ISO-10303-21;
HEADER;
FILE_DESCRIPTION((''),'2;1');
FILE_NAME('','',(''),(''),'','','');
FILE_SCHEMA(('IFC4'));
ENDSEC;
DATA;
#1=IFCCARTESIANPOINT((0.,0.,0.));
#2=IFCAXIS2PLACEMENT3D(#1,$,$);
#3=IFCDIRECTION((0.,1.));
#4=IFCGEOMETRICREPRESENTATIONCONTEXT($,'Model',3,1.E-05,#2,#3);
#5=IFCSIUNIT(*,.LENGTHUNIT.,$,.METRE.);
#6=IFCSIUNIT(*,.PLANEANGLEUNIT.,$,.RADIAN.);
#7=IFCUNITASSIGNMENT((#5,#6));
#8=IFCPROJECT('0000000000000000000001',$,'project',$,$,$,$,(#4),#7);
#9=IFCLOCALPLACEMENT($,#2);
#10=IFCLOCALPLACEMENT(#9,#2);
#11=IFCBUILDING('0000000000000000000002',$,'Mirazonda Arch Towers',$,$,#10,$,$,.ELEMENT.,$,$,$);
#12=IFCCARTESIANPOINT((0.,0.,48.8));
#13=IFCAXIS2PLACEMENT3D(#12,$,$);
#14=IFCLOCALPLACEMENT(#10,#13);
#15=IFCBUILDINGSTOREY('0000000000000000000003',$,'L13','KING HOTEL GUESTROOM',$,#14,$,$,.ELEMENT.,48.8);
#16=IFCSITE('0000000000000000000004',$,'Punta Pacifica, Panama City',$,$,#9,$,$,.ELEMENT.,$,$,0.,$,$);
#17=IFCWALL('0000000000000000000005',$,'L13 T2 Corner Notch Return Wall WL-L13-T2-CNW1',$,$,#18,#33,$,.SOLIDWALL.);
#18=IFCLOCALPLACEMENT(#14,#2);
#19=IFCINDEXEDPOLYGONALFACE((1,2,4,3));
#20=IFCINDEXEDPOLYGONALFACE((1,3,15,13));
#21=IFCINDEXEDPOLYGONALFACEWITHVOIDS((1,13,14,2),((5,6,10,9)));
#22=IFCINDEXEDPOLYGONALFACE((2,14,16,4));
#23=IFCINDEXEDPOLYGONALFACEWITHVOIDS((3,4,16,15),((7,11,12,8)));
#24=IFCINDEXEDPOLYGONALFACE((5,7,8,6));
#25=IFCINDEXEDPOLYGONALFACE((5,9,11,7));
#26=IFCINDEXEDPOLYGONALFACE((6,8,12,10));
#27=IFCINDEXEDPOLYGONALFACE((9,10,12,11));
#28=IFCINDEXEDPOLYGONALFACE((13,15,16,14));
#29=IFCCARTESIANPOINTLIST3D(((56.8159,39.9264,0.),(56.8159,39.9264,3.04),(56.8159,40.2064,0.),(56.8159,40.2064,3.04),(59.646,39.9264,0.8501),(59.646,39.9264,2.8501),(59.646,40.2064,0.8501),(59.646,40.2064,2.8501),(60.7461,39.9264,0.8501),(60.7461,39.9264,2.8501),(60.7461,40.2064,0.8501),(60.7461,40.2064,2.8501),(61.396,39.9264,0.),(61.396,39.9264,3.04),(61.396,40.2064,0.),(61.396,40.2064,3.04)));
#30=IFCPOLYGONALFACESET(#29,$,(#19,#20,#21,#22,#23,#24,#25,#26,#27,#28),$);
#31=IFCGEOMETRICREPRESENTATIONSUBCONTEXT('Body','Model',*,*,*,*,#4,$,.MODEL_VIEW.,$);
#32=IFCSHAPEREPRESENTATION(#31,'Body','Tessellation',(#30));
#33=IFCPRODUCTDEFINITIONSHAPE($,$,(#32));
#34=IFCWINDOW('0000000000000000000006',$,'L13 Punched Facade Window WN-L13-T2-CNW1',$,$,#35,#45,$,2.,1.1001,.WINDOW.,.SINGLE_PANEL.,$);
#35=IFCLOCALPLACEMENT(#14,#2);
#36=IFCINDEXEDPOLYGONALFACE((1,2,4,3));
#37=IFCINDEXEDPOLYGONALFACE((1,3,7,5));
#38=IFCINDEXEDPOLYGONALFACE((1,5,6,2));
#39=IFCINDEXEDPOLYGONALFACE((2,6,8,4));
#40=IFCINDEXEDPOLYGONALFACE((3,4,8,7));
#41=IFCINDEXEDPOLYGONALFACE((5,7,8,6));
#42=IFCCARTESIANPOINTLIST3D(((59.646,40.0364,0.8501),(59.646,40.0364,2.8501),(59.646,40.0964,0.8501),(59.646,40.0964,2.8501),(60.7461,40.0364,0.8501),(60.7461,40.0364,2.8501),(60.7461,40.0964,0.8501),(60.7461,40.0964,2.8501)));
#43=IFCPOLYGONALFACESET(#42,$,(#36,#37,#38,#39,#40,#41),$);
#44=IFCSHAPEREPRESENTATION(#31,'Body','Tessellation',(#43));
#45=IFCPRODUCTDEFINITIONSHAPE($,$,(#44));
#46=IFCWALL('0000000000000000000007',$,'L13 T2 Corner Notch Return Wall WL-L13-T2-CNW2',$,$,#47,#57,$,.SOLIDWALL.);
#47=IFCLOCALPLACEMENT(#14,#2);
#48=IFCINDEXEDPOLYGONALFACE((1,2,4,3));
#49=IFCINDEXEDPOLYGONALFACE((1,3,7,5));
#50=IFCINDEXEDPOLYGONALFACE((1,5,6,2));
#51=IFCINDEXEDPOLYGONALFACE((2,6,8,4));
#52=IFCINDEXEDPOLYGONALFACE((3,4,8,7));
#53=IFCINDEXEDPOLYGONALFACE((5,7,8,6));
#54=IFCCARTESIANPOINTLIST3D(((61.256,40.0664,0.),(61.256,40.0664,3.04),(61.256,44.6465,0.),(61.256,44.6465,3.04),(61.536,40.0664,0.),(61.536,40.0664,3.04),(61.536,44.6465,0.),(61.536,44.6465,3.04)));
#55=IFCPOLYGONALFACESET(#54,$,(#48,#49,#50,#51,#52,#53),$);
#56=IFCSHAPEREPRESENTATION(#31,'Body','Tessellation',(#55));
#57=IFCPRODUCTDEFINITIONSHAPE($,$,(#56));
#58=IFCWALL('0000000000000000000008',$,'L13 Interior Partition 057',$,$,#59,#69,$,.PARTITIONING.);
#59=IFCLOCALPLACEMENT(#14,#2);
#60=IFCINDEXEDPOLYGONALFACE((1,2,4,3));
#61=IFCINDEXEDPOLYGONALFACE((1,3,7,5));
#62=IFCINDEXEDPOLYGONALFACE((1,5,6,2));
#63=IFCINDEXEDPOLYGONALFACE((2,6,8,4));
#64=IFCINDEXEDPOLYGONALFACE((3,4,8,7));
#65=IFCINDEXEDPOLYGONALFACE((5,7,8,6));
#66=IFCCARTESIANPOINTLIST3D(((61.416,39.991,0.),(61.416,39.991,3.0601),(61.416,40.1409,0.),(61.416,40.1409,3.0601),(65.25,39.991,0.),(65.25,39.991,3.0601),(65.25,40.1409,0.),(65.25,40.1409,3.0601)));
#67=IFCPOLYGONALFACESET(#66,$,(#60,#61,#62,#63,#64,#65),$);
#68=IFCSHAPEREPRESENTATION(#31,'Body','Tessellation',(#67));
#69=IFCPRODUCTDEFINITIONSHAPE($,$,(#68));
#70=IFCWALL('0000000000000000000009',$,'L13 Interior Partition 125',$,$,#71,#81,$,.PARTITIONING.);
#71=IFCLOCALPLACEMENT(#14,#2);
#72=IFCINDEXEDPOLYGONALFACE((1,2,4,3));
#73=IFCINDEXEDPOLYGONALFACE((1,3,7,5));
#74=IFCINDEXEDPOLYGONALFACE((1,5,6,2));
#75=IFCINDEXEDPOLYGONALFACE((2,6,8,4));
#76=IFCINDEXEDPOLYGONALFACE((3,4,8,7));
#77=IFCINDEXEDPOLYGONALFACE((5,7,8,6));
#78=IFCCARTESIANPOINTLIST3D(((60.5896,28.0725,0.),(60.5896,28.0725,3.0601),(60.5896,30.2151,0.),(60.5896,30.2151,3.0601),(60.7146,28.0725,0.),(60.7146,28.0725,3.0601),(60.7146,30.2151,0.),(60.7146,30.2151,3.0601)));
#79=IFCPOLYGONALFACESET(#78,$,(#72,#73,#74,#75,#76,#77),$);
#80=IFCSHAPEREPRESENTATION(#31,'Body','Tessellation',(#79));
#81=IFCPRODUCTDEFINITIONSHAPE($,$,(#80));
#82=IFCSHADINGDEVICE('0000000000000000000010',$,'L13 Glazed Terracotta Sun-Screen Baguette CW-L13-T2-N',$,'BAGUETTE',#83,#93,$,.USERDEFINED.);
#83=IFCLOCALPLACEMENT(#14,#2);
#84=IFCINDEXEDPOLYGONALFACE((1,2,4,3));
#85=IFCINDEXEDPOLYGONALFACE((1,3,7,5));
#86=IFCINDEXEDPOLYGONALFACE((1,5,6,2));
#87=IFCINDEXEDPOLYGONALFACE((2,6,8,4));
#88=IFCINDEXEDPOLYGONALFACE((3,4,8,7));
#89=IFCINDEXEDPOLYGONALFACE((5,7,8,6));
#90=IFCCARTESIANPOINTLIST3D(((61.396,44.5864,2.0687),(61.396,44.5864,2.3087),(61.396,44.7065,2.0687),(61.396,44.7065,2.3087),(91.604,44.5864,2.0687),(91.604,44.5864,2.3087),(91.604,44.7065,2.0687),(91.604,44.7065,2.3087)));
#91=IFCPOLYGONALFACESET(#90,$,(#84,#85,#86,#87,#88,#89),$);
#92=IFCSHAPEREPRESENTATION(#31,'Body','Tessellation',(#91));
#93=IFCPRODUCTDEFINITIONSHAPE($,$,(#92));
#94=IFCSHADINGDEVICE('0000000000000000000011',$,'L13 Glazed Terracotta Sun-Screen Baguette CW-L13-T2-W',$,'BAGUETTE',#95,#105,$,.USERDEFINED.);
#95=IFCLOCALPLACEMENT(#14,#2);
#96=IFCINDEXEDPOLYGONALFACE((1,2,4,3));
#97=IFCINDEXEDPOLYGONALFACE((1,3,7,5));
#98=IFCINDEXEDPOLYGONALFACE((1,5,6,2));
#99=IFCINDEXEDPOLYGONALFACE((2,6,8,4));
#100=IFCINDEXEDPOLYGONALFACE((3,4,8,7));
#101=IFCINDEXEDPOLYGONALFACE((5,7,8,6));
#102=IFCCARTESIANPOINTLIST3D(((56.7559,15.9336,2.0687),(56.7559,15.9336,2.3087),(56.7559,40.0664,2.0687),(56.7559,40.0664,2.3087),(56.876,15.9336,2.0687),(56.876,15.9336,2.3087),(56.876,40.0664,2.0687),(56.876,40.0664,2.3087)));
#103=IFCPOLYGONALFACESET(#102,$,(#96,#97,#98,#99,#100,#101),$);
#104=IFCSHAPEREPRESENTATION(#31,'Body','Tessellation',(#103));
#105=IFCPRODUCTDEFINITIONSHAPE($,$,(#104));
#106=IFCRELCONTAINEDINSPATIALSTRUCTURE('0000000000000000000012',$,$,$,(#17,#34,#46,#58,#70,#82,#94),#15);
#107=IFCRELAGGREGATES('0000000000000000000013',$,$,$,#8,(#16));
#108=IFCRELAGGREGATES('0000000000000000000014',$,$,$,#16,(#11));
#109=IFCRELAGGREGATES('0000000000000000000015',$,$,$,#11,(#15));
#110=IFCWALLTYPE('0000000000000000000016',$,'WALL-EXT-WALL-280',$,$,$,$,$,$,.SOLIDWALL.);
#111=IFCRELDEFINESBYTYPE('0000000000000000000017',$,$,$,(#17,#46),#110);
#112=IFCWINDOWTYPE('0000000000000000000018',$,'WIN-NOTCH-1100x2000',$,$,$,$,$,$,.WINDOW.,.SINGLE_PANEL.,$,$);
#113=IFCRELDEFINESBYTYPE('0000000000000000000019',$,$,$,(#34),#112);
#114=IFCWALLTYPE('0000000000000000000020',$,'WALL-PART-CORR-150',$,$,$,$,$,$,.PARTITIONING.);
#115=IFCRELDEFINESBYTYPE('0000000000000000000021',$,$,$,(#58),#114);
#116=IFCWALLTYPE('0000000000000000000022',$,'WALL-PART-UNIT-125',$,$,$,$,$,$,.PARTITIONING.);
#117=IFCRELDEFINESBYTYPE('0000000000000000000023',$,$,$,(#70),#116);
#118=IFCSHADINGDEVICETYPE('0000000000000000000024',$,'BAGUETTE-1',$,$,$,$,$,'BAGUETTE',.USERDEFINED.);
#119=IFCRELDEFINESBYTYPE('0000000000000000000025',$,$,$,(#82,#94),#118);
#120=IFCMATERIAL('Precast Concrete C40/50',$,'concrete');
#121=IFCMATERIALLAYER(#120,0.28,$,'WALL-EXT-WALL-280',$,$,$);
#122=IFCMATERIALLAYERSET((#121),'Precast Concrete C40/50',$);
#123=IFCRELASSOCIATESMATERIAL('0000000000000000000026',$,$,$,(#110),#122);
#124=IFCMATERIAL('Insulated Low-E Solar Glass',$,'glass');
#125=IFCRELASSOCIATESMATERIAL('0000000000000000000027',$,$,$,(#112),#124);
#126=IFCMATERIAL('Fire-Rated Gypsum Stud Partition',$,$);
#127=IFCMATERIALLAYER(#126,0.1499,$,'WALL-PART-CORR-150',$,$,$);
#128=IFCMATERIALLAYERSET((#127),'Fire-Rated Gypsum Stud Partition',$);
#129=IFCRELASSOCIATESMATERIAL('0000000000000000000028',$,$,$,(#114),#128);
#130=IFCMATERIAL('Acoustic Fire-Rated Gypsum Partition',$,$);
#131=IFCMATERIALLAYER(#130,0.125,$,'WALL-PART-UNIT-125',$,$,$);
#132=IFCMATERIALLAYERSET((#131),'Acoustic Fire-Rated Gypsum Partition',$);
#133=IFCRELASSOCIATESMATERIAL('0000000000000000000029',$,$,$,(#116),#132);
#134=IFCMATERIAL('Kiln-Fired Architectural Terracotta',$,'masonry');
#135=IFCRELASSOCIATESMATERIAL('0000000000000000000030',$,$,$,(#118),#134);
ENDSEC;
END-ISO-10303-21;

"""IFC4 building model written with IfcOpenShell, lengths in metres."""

from ifc_helpers import new_model, si_unit, direction, frame, frame_2d, origin, origin_2d, place, context, subcontext, project, spatial, rectangle, extrude, material, layer, layer_set, material_profile, profile_set, type_object, element, fill, save


model = new_model("IFC4")

# Units and contexts
model_context = context("Model", 3, precision=1e-05, world=origin(), true_north=direction((0.0, 1.0)))
body_context = subcontext(model_context, "Body", "Model", "MODEL_VIEW")
ifc_project = project(units=[si_unit("LENGTHUNIT", "METRE"), si_unit("PLANEANGLEUNIT", "RADIAN")], contexts=[model_context])

# Site, building, storey
site_placement = place(None, origin())
site = spatial("IfcSite", under=ifc_project, at=site_placement, Name="Punta Pacifica, Panama City", CompositionType="ELEMENT", RefElevation=0.0)
building_placement = place(site_placement, origin())
building = spatial("IfcBuilding", under=site, at=building_placement, Name="Mirazonda Arch Towers", CompositionType="ELEMENT")
storey_placement = place(building_placement, frame((0.0, 0.0, 48.8)))
storey = spatial("IfcBuildingStorey", under=building, at=storey_placement, Name="L13", Description="KING HOTEL GUESTROOM", CompositionType="ELEMENT", Elevation=48.8)

# Shared definitions
ifc_material_1 = material(Name="Insulated Low-E Solar Glass", Category="glass")

# Wall, opening, window
ifc_material_2 = material(Name="Precast Concrete C40/50", Category="concrete")
ifc_layer_1 = layer(ifc_material_2, 0.28, Name="WALL-EXT-WALL-280")
ifc_layer_set_1 = layer_set([ifc_layer_1], Name="Precast Concrete C40/50")
wall_type_1 = type_object("IfcWallType", Name="WALL-EXT-WALL-280", PredefinedType="SOLIDWALL", material=ifc_layer_set_1)
wall_1_placement = place(storey_placement, frame((61.396, 40.0664, 0.0), z_axis=(0.0, 0.0, 1.0), x_axis=(-1.0, 0.0, 0.0)))
wall_1 = element("IfcWall", 1, at=wall_1_placement, inside=storey, type_object=wall_type_1, Name="L13 T2 Corner Notch Return Wall WL-L13-T2-CNW1", PredefinedType="SOLIDWALL", context=body_context, shape_type="SweptSolid", body=[
    extrude(rectangle(XDim=4.5801, YDim=0.28, at=frame_2d((2.29, 0.0))), origin(), (0.0, 0.0, 1.0), 3.04),
])
opening_placement = place(wall_1_placement, frame((0.6499, 0.0, 0.8501)))
opening = element("IfcOpeningElement", 2, at=opening_placement, cuts=wall_1, PredefinedType="OPENING", context=body_context, shape_type="SweptSolid", body=[
    extrude(rectangle(XDim=1.1001, YDim=2.0, at=frame_2d((0.55, 1.0))), frame((0.0, 0.1499, 0.0), z_axis=(0.0, -1.0, 0.0), x_axis=(1.0, 0.0, 0.0)), (0.0, 0.0, 1.0), 0.3),
])
window_type = type_object("IfcWindowType", Name="WIN-NOTCH-1100x2000", PartitioningType="SINGLE_PANEL", PredefinedType="WINDOW", material=ifc_material_1)
window_placement = place(opening_placement, origin())
window = element("IfcWindow", 3, at=window_placement, inside=storey, type_object=window_type, Name="L13 Punched Facade Window WN-L13-T2-CNW1", OverallHeight=2.0, OverallWidth=1.1001, PartitioningType="SINGLE_PANEL", PredefinedType="WINDOW", context=body_context, shape_type="SweptSolid", body=[
    extrude(rectangle(XDim=1.1001, YDim=2.0, at=frame_2d((0.55, 1.0))), frame((0.0, 0.03, 0.0), z_axis=(0.0, -1.0, 0.0), x_axis=(1.0, 0.0, 0.0)), (0.0, 0.0, 1.0), 0.0601),
])
fill(opening, window)

# Walls
wall_2_placement = place(storey_placement, frame((61.396, 44.6465, 0.0), z_axis=(0.0, 0.0, 1.0), x_axis=(0.0, -1.0, 0.0)))
element("IfcWall", 4, at=wall_2_placement, inside=storey, type_object=wall_type_1, Name="L13 T2 Corner Notch Return Wall WL-L13-T2-CNW2", PredefinedType="SOLIDWALL", context=body_context, shape_type="SweptSolid", body=[
    extrude(rectangle(XDim=4.5801, YDim=0.28, at=frame_2d((2.29, 0.0))), origin(), (0.0, 0.0, 1.0), 3.04),
])
ifc_material_3 = material(Name="Fire-Rated Gypsum Stud Partition")
ifc_layer_2 = layer(ifc_material_3, 0.1499, Name="WALL-PART-CORR-150")
ifc_layer_set_2 = layer_set([ifc_layer_2], Name="Fire-Rated Gypsum Stud Partition")
wall_type_2 = type_object("IfcWallType", Name="WALL-PART-CORR-150", PredefinedType="PARTITIONING", material=ifc_layer_set_2)
wall_3_placement = place(storey_placement, frame((61.416, 40.0659, 0.0), z_axis=(0.0, 0.0, 1.0), x_axis=(1.0, 0.0, 0.0)))
element("IfcWall", 5, at=wall_3_placement, inside=storey, type_object=wall_type_2, Name="L13 Interior Partition 057", PredefinedType="PARTITIONING", context=body_context, shape_type="SweptSolid", body=[
    extrude(rectangle(XDim=3.834, YDim=0.1499, at=frame_2d((1.917, 0.0))), origin(), (0.0, 0.0, 1.0), 3.0601),
])
ifc_material_4 = material(Name="Acoustic Fire-Rated Gypsum Partition")
ifc_layer_3 = layer(ifc_material_4, 0.125, Name="WALL-PART-UNIT-125")
ifc_layer_set_3 = layer_set([ifc_layer_3], Name="Acoustic Fire-Rated Gypsum Partition")
wall_type_3 = type_object("IfcWallType", Name="WALL-PART-UNIT-125", PredefinedType="PARTITIONING", material=ifc_layer_set_3)
wall_4_placement = place(storey_placement, frame((60.6521, 28.0725, 0.0), z_axis=(0.0, 0.0, 1.0), x_axis=(0.0, 1.0, 0.0)))
element("IfcWall", 6, at=wall_4_placement, inside=storey, type_object=wall_type_3, Name="L13 Interior Partition 125", PredefinedType="PARTITIONING", context=body_context, shape_type="SweptSolid", body=[
    extrude(rectangle(XDim=2.1426, YDim=0.125, at=frame_2d((1.0713, 0.0))), origin(), (0.0, 0.0, 1.0), 3.0601),
])

# Shading devices
ifc_material_5 = material(Name="Kiln-Fired Architectural Terracotta", Category="masonry")
ifc_material_profile_1 = material_profile(ifc_material_5, rectangle(XDim=0.1201, YDim=0.24, at=origin_2d()), Name="TERRA-BAG-120x240")
ifc_profile_set_1 = profile_set([ifc_material_profile_1], Name="Kiln-Fired Architectural Terracotta")
shading_device_type = type_object("IfcShadingDeviceType", Name="BAGUETTE-1", ElementType="BAGUETTE", PredefinedType="USERDEFINED", material=ifc_profile_set_1)
shading_device_1_placement = place(storey_placement, frame((61.396, 44.6465, 2.1887), z_axis=(1.0, 0.0, 0.0), x_axis=(0.0, 1.0, 0.0)))
element("IfcShadingDevice", 7, at=shading_device_1_placement, inside=storey, type_object=shading_device_type, Name="L13 Glazed Terracotta Sun-Screen Baguette CW-L13-T2-N", ObjectType="BAGUETTE", PredefinedType="USERDEFINED", context=body_context, shape_type="SweptSolid", body=[
    extrude(rectangle(XDim=0.1201, YDim=0.24, at=origin_2d()), origin(), (0.0, 0.0, 1.0), 30.208),
])
shading_device_2_placement = place(storey_placement, frame((56.8159, 40.0664, 2.1887), z_axis=(0.0, -1.0, 0.0), x_axis=(1.0, 0.0, 0.0)))
element("IfcShadingDevice", 8, at=shading_device_2_placement, inside=storey, type_object=shading_device_type, Name="L13 Glazed Terracotta Sun-Screen Baguette CW-L13-T2-W", ObjectType="BAGUETTE", PredefinedType="USERDEFINED", context=body_context, shape_type="SweptSolid", body=[
    extrude(rectangle(XDim=0.1201, YDim=0.24, at=origin_2d()), origin(), (0.0, 0.0, 1.0), 24.1328),
])

save(model, "model.ifc")
